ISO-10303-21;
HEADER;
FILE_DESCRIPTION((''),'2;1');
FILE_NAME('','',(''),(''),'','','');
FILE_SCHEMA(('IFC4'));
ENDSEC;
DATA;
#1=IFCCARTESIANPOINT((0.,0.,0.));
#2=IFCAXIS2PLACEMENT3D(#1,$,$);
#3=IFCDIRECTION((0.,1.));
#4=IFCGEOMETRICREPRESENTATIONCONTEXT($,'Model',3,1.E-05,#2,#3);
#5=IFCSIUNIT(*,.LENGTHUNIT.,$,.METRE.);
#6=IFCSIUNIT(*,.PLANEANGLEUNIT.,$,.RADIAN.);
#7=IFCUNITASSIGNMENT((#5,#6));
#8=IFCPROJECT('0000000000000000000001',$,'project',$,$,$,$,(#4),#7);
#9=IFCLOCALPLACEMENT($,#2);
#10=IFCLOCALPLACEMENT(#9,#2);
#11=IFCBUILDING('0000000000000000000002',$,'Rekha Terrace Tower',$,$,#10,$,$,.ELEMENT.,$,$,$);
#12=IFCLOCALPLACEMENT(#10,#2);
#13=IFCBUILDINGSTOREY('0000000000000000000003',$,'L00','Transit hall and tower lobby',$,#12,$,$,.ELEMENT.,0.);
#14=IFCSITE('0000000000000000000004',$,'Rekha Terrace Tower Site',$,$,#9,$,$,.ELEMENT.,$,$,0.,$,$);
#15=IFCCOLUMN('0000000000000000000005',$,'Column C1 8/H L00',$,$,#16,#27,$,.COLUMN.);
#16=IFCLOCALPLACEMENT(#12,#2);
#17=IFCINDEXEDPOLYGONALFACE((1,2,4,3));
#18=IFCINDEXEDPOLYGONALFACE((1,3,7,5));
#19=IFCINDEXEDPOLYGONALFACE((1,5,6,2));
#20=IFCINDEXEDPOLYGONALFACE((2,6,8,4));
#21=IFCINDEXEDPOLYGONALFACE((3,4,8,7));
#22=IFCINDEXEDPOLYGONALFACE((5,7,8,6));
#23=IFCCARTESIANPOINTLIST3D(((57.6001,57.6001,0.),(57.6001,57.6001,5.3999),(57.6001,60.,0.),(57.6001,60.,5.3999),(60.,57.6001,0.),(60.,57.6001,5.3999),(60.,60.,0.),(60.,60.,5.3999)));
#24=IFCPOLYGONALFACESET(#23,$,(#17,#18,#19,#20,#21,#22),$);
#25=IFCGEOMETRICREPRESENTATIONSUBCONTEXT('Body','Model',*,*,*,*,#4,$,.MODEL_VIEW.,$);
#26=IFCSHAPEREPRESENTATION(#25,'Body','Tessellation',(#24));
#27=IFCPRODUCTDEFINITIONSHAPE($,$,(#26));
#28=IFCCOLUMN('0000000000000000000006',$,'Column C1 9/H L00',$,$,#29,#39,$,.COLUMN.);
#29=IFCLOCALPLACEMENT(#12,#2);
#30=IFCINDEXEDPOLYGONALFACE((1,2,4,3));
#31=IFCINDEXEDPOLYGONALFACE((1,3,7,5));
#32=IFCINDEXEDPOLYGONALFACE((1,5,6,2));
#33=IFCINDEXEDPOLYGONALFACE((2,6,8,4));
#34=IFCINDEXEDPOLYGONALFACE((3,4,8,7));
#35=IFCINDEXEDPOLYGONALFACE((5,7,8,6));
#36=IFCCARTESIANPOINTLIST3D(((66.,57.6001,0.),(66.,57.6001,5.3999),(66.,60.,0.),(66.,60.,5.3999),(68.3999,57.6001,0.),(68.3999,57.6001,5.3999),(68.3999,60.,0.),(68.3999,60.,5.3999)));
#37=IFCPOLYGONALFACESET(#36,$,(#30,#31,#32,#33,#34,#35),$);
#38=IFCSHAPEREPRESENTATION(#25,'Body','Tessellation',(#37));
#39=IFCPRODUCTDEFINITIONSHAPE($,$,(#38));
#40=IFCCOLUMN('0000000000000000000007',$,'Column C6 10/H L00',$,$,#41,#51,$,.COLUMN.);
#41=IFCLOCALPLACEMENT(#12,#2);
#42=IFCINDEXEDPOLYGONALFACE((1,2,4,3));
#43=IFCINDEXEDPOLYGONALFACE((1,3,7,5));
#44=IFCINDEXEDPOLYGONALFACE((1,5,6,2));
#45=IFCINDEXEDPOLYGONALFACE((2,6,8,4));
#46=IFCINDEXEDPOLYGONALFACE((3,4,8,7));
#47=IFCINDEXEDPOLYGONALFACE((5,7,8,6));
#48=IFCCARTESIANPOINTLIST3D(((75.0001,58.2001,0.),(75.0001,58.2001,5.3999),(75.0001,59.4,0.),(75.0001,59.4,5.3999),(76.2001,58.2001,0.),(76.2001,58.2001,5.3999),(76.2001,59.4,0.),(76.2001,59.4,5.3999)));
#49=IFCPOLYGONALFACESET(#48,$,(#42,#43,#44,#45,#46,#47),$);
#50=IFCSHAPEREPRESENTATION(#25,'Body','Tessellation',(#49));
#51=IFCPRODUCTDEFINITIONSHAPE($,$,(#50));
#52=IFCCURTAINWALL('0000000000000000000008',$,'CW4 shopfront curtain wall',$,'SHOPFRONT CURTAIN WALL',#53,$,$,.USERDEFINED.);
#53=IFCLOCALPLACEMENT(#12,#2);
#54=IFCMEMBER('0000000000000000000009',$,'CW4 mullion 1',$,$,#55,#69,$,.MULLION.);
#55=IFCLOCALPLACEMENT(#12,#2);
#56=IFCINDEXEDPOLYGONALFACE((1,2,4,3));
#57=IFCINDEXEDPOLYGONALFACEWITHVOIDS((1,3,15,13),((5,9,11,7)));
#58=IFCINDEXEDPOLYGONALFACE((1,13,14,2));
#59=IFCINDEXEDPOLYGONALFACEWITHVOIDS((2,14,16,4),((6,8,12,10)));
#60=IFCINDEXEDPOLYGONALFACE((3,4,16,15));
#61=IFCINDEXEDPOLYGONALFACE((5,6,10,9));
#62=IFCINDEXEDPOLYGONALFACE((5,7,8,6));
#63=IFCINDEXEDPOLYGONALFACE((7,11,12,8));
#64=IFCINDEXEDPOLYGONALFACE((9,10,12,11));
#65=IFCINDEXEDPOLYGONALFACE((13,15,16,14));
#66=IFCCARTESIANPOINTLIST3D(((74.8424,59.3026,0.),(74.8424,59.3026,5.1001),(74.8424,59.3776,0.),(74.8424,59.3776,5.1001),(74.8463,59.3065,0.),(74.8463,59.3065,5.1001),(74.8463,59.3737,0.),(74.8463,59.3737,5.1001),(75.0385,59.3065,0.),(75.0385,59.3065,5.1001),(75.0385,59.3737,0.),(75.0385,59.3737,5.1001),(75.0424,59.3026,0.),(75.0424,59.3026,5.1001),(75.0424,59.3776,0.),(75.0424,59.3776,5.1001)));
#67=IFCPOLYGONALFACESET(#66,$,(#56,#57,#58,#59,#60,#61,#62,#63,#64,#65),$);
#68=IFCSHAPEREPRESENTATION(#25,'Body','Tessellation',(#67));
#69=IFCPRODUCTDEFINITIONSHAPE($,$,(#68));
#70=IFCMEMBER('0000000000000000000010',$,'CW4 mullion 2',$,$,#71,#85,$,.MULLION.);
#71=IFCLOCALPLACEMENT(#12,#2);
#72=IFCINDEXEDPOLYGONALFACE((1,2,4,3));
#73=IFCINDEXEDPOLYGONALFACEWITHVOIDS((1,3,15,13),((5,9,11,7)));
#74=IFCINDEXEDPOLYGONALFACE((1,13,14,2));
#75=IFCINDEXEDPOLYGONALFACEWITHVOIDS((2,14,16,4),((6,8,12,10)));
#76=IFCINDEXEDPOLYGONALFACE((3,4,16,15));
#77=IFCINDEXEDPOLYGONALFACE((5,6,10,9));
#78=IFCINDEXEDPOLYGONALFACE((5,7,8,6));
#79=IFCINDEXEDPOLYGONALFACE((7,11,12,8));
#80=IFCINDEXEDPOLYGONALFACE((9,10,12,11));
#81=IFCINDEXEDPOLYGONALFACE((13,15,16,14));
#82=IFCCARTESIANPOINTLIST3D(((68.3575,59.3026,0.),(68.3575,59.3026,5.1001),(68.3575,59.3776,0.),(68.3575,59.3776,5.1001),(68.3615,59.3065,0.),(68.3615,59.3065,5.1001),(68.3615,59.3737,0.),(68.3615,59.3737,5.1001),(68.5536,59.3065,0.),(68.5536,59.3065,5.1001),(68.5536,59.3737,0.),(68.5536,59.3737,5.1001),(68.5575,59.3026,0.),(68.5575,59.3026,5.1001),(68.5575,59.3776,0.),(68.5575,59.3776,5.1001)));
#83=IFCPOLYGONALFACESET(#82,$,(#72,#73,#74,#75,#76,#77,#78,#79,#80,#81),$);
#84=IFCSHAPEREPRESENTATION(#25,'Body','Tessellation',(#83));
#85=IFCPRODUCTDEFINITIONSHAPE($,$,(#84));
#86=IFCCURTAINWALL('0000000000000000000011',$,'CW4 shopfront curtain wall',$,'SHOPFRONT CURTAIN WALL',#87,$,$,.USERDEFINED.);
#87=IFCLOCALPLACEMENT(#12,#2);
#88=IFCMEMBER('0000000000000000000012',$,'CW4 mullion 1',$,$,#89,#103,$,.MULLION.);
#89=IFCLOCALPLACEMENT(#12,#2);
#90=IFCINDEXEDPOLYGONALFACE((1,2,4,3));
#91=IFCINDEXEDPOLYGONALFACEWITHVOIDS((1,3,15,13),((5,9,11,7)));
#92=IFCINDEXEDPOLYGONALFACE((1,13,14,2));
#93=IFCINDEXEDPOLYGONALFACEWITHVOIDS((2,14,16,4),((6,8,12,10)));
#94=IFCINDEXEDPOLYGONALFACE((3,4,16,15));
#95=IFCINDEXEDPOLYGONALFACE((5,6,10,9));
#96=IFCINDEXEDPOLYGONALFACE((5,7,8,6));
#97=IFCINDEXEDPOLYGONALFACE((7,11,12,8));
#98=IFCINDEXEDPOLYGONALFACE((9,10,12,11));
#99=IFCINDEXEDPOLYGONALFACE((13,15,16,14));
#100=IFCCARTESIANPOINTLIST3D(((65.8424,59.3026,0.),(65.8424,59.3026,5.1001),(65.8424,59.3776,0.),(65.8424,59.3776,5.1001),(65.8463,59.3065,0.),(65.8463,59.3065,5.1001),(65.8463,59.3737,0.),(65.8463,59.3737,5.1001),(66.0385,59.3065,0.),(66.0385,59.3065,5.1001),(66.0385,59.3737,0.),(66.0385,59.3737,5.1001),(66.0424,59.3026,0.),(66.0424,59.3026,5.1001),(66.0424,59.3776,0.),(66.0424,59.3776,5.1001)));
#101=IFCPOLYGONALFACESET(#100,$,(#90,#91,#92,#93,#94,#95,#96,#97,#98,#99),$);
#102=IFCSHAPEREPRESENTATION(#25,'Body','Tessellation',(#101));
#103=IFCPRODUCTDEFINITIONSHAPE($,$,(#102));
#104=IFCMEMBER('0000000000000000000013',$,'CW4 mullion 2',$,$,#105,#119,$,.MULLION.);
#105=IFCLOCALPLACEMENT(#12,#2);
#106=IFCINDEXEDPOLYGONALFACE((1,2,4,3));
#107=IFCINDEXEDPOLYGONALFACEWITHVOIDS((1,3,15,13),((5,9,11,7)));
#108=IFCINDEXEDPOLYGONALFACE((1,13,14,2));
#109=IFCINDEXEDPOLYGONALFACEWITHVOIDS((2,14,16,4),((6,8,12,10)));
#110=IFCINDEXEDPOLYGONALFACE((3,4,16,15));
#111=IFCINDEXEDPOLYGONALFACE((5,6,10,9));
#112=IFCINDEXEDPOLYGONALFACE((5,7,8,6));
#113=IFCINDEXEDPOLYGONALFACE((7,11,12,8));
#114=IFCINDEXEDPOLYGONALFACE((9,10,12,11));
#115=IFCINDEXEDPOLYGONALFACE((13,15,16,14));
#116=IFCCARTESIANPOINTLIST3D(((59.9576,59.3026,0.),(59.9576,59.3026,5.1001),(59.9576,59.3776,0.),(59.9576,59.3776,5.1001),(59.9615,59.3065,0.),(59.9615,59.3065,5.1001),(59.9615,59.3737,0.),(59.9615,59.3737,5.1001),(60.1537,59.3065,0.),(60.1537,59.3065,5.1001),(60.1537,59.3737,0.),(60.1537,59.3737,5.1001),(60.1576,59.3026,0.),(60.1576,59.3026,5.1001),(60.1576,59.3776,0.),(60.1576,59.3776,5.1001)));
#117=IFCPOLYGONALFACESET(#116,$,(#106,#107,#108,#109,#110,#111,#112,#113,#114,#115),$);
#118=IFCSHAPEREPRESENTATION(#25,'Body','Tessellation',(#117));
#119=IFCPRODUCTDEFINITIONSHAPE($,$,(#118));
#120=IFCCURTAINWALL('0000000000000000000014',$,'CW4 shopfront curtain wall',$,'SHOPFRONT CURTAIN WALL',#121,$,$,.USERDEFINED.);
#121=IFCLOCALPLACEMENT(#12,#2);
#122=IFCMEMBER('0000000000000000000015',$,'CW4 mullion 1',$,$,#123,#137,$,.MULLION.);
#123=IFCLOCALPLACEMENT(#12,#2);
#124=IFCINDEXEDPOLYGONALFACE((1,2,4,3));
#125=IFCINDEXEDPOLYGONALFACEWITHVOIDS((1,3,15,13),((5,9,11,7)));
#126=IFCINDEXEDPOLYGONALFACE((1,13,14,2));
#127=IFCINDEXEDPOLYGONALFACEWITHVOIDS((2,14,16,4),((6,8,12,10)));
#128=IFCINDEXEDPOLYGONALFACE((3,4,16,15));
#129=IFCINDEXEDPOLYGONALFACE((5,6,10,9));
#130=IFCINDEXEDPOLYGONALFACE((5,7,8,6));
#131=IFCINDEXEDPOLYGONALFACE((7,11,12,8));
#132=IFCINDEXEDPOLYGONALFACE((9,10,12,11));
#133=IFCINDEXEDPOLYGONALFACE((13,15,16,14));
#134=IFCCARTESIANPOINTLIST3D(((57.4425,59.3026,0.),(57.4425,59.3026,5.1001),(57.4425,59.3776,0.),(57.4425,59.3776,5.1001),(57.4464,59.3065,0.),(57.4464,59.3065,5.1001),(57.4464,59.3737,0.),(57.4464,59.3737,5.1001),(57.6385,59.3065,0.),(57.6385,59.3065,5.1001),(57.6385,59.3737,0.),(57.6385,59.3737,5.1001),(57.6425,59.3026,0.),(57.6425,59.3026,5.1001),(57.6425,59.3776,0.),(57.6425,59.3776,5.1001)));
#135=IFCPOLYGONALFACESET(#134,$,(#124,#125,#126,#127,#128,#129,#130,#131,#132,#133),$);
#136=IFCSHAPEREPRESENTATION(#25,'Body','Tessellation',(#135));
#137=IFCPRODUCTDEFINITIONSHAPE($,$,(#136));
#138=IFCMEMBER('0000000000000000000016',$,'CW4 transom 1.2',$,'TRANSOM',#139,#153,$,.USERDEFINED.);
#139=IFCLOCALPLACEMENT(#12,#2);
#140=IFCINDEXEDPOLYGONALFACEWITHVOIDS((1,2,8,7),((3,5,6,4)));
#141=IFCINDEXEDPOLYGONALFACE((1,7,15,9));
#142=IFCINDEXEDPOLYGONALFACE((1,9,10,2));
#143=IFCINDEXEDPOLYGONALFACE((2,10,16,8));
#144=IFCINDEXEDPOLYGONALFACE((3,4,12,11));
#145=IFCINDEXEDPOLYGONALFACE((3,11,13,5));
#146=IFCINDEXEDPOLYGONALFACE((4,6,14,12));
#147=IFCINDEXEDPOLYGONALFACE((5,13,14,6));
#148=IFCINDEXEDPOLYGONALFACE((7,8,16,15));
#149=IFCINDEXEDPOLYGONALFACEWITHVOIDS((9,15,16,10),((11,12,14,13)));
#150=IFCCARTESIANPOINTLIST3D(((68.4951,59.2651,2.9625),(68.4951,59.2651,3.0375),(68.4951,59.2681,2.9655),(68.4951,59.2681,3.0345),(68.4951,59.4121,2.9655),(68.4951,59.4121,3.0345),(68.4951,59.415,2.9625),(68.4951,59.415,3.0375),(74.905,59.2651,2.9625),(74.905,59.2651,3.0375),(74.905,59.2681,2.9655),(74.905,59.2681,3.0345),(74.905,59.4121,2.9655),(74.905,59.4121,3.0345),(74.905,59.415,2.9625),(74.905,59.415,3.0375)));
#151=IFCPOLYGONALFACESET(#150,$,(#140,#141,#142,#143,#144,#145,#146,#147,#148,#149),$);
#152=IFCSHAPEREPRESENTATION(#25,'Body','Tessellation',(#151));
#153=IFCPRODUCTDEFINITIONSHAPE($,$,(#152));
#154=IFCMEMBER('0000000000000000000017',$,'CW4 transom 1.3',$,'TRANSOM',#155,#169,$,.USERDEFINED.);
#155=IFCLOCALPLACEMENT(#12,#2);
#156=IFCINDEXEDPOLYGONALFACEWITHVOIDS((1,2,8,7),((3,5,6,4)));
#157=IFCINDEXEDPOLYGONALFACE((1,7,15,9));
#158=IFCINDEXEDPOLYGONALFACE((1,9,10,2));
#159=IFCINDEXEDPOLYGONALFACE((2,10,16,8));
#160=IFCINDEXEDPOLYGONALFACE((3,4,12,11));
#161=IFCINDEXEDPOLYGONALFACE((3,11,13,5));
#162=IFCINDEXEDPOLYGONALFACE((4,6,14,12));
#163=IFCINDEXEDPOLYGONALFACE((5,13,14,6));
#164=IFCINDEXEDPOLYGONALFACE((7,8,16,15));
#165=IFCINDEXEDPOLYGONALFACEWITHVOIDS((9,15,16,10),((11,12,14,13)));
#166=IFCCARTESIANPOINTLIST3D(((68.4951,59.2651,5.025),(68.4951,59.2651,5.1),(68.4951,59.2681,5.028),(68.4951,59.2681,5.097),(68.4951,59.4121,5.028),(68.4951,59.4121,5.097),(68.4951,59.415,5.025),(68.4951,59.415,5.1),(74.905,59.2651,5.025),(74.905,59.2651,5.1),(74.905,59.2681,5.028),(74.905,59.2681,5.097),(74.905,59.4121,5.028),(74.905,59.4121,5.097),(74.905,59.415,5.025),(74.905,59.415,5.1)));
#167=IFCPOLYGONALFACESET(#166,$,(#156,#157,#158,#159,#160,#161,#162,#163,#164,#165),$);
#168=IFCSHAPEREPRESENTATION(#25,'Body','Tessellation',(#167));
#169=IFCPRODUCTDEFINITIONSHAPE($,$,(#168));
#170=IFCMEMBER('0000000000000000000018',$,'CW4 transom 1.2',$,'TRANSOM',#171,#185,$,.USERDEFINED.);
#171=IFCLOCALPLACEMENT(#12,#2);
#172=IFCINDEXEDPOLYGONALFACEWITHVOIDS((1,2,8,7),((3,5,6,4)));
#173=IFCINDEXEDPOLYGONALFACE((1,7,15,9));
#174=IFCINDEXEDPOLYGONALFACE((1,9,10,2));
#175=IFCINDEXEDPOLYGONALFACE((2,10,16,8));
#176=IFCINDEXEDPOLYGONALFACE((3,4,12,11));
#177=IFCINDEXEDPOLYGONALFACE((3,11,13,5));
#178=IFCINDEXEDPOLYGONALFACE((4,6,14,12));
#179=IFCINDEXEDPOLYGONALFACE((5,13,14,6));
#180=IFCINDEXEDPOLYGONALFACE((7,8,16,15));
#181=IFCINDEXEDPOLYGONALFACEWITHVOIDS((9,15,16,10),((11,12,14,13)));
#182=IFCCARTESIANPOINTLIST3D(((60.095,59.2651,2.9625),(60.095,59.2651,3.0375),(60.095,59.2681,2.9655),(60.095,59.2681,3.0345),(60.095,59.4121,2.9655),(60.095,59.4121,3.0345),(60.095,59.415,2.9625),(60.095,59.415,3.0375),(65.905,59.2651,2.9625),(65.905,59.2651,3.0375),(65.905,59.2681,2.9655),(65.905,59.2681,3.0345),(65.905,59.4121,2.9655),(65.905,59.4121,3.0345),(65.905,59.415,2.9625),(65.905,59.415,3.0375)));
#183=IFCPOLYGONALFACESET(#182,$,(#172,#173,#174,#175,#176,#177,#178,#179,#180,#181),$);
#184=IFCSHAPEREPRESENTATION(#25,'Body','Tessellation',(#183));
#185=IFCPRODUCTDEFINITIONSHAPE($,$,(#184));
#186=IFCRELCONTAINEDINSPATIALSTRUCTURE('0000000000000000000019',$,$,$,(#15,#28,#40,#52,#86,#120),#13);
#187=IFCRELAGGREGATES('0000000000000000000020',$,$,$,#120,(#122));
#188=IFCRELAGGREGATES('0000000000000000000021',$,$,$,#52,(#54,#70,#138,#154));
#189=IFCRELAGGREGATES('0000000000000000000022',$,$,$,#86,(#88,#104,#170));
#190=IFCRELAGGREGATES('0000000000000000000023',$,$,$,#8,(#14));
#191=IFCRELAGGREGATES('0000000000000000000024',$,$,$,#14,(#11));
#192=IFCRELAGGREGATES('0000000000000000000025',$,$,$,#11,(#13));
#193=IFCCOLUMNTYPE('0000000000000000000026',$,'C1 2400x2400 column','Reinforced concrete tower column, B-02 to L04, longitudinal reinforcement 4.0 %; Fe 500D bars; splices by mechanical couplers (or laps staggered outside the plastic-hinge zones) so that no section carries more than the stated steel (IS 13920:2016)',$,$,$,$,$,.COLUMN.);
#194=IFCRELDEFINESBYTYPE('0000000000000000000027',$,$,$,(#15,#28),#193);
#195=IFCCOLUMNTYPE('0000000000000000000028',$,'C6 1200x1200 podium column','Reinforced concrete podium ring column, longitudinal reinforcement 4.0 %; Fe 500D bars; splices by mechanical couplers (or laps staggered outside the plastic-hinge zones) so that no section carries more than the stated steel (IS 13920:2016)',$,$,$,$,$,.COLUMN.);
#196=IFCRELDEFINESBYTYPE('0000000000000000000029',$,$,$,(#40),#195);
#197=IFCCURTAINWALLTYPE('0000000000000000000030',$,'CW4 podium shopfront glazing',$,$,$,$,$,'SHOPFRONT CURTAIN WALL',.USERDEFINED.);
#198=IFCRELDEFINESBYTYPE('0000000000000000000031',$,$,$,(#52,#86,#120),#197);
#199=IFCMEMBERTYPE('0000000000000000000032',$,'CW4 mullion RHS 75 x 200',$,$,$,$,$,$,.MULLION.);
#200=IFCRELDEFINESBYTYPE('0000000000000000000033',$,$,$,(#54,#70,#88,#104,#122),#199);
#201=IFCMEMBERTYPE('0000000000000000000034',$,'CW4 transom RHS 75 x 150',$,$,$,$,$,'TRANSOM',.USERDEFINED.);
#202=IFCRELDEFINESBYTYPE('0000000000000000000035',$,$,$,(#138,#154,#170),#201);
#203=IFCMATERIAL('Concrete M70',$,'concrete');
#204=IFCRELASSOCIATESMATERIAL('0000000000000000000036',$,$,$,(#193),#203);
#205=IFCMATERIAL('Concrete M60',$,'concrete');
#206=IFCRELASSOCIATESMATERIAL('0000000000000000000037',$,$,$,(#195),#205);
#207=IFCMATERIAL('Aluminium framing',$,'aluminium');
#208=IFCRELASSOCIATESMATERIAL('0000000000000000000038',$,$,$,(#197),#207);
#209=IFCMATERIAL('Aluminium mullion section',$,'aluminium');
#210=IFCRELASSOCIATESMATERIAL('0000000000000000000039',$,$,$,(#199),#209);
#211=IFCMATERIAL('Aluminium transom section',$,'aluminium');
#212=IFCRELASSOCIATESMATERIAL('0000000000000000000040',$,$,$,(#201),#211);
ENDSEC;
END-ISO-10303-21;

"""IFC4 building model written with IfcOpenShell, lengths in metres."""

from ifc_helpers import new_model, si_unit, direction, frame, origin, origin_2d, place, context, subcontext, project, spatial, rectangle, hollow_rectangle, extrude, material, material_profile, profile_set, type_object, element, aggregate, save


model = new_model("IFC4")

# Units and contexts
model_context = context("Model", 3, precision=1e-05, world=origin(), true_north=direction((0.0, 1.0)))
body_context = subcontext(model_context, "Body", "Model", "MODEL_VIEW")
ifc_project = project(units=[si_unit("LENGTHUNIT", "METRE"), si_unit("PLANEANGLEUNIT", "RADIAN")], contexts=[model_context])

# Site, building, storey
site_placement = place(None, origin())
site = spatial("IfcSite", under=ifc_project, at=site_placement, Name="Rekha Terrace Tower Site", CompositionType="ELEMENT", RefElevation=0.0)
building_placement = place(site_placement, origin())
building = spatial("IfcBuilding", under=site, at=building_placement, Name="Rekha Terrace Tower", CompositionType="ELEMENT")
storey_placement = place(building_placement, origin())
storey = spatial("IfcBuildingStorey", under=building, at=storey_placement, Name="L00", Description="Transit hall and tower lobby", CompositionType="ELEMENT", Elevation=0.0)

# Columns
ifc_material_1 = material(Name="Concrete M70", Category="concrete")
ifc_material_profile_1 = material_profile(ifc_material_1, rectangle(XDim=2.3999, YDim=2.3999, at=origin_2d()), Name="RC 2400x2400")
ifc_profile_set_1 = profile_set([ifc_material_profile_1], Name="Concrete M70")
column_type_1 = type_object("IfcColumnType", Name="C1 2400x2400 column", Description="Reinforced concrete tower column, B-02 to L04, longitudinal reinforcement 4.0 %; Fe 500D bars; splices by mechanical couplers (or laps staggered outside the plastic-hinge zones) so that no section carries more than the stated steel (IS 13920:2016)", PredefinedType="COLUMN", material=ifc_profile_set_1)
for number, where, z_axis, x_axis, name in (
    (1, (58.8, 58.8, 0.0), (0.0, 0.0, 1.0), (1.0, 0.0, 0.0), "Column C1 8/H L00"),
    (2, (67.2, 58.8, 0.0), (0.0, 0.0, 1.0), (1.0, 0.0, 0.0), "Column C1 9/H L00"),
):
    element("IfcColumn", number, at=place(storey_placement, frame(where, z_axis=z_axis, x_axis=x_axis)), inside=storey, type_object=column_type_1, Name=name, PredefinedType="COLUMN", context=body_context, shape_type="SweptSolid", body=[
        extrude(rectangle(XDim=2.3999, YDim=2.3999, at=origin_2d()), origin(), (0.0, 0.0, 1.0), 5.3999),
    ])
ifc_material_2 = material(Name="Concrete M60", Category="concrete")
ifc_material_profile_2 = material_profile(ifc_material_2, rectangle(XDim=1.2, YDim=1.2, at=origin_2d()), Name="RC 1200x1200")
ifc_profile_set_2 = profile_set([ifc_material_profile_2], Name="Concrete M60")
column_type_2 = type_object("IfcColumnType", Name="C6 1200x1200 podium column", Description="Reinforced concrete podium ring column, longitudinal reinforcement 4.0 %; Fe 500D bars; splices by mechanical couplers (or laps staggered outside the plastic-hinge zones) so that no section carries more than the stated steel (IS 13920:2016)", PredefinedType="COLUMN", material=ifc_profile_set_2)
column_placement = place(storey_placement, frame((75.6001, 58.8, 0.0), z_axis=(0.0, 0.0, 1.0), x_axis=(1.0, 0.0, 0.0)))
element("IfcColumn", 3, at=column_placement, inside=storey, type_object=column_type_2, Name="Column C6 10/H L00", PredefinedType="COLUMN", context=body_context, shape_type="SweptSolid", body=[
    extrude(rectangle(XDim=1.2, YDim=1.2, at=origin_2d()), origin(), (0.0, 0.0, 1.0), 5.3999),
])

# Curtain walls, members
ifc_material_3 = material(Name="Aluminium framing", Category="aluminium")
curtain_wall_type = type_object("IfcCurtainWallType", Name="CW4 podium shopfront glazing", ElementType="SHOPFRONT CURTAIN WALL", PredefinedType="USERDEFINED", material=ifc_material_3)
curtain_wall_1_placement = place(storey_placement, origin())
curtain_wall_1 = element("IfcCurtainWall", 4, at=curtain_wall_1_placement, inside=storey, type_object=curtain_wall_type, Name="CW4 shopfront curtain wall", ObjectType="SHOPFRONT CURTAIN WALL", PredefinedType="USERDEFINED")
ifc_material_4 = material(Name="Aluminium mullion section", Category="aluminium")
ifc_material_profile_3 = material_profile(ifc_material_4, hollow_rectangle(XDim=0.075, YDim=0.2, WallThickness=0.0039, at=origin_2d()), Name="AL RHS 75x200")
ifc_profile_set_3 = profile_set([ifc_material_profile_3], Name="Aluminium mullion section")
member_type_1 = type_object("IfcMemberType", Name="CW4 mullion RHS 75 x 200", PredefinedType="MULLION", material=ifc_profile_set_3)
member_1_placement = place(storey_placement, frame((74.9424, 59.3401, 0.0), z_axis=(0.0, 0.0, 1.0), x_axis=(0.0, -1.0, 0.0)))
member_1 = element("IfcMember", 5, at=member_1_placement, type_object=member_type_1, Name="CW4 mullion 1", PredefinedType="MULLION", context=body_context, shape_type="SweptSolid", body=[
    extrude(hollow_rectangle(XDim=0.075, YDim=0.2, WallThickness=0.0039, at=origin_2d()), origin(), (0.0, 0.0, 1.0), 5.1001),
])
member_2_placement = place(storey_placement, frame((68.4575, 59.3401, 0.0), z_axis=(0.0, 0.0, 1.0), x_axis=(0.0, -1.0, 0.0)))
member_2 = element("IfcMember", 6, at=member_2_placement, type_object=member_type_1, Name="CW4 mullion 2", PredefinedType="MULLION", context=body_context, shape_type="SweptSolid", body=[
    extrude(hollow_rectangle(XDim=0.075, YDim=0.2, WallThickness=0.0039, at=origin_2d()), origin(), (0.0, 0.0, 1.0), 5.1001),
])
curtain_wall_2_placement = place(storey_placement, origin())
curtain_wall_2 = element("IfcCurtainWall", 7, at=curtain_wall_2_placement, inside=storey, type_object=curtain_wall_type, Name="CW4 shopfront curtain wall", ObjectType="SHOPFRONT CURTAIN WALL", PredefinedType="USERDEFINED")
member_3_placement = place(storey_placement, frame((65.9424, 59.3401, 0.0), z_axis=(0.0, 0.0, 1.0), x_axis=(0.0, -1.0, 0.0)))
member_3 = element("IfcMember", 8, at=member_3_placement, type_object=member_type_1, Name="CW4 mullion 1", PredefinedType="MULLION", context=body_context, shape_type="SweptSolid", body=[
    extrude(hollow_rectangle(XDim=0.075, YDim=0.2, WallThickness=0.0039, at=origin_2d()), origin(), (0.0, 0.0, 1.0), 5.1001),
])
member_4_placement = place(storey_placement, frame((60.0576, 59.3401, 0.0), z_axis=(0.0, 0.0, 1.0), x_axis=(0.0, -1.0, 0.0)))
member_4 = element("IfcMember", 9, at=member_4_placement, type_object=member_type_1, Name="CW4 mullion 2", PredefinedType="MULLION", context=body_context, shape_type="SweptSolid", body=[
    extrude(hollow_rectangle(XDim=0.075, YDim=0.2, WallThickness=0.0039, at=origin_2d()), origin(), (0.0, 0.0, 1.0), 5.1001),
])

# Curtain wall, member
curtain_wall_3_placement = place(storey_placement, origin())
curtain_wall_3 = element("IfcCurtainWall", 10, at=curtain_wall_3_placement, inside=storey, type_object=curtain_wall_type, Name="CW4 shopfront curtain wall", ObjectType="SHOPFRONT CURTAIN WALL", PredefinedType="USERDEFINED")
member_5_placement = place(storey_placement, frame((57.5425, 59.3401, 0.0), z_axis=(0.0, 0.0, 1.0), x_axis=(0.0, -1.0, 0.0)))
member_5 = element("IfcMember", 11, at=member_5_placement, type_object=member_type_1, Name="CW4 mullion 1", PredefinedType="MULLION", context=body_context, shape_type="SweptSolid", body=[
    extrude(hollow_rectangle(XDim=0.075, YDim=0.2, WallThickness=0.0039, at=origin_2d()), origin(), (0.0, 0.0, 1.0), 5.1001),
])

# Members
ifc_material_5 = material(Name="Aluminium transom section", Category="aluminium")
ifc_material_profile_4 = material_profile(ifc_material_5, hollow_rectangle(XDim=0.1499, YDim=0.075, WallThickness=0.0029, at=origin_2d()), Name="AL RHS 150x75")
ifc_profile_set_4 = profile_set([ifc_material_profile_4], Name="Aluminium transom section")
member_type_2 = type_object("IfcMemberType", Name="CW4 transom RHS 75 x 150", ElementType="TRANSOM", PredefinedType="USERDEFINED", material=ifc_profile_set_4)
member_6_placement = place(storey_placement, frame((74.905, 59.3401, 3.0), z_axis=(-1.0, 0.0, 0.0), x_axis=(0.0, -1.0, 0.0)))
member_6 = element("IfcMember", 12, at=member_6_placement, type_object=member_type_2, Name="CW4 transom 1.2", ObjectType="TRANSOM", PredefinedType="USERDEFINED", context=body_context, shape_type="SweptSolid", body=[
    extrude(hollow_rectangle(XDim=0.1499, YDim=0.075, WallThickness=0.0029, at=origin_2d()), origin(), (0.0, 0.0, 1.0), 6.4099),
])
member_7_placement = place(storey_placement, frame((74.905, 59.3401, 5.0625), z_axis=(-1.0, 0.0, 0.0), x_axis=(0.0, -1.0, 0.0)))
member_7 = element("IfcMember", 13, at=member_7_placement, type_object=member_type_2, Name="CW4 transom 1.3", ObjectType="TRANSOM", PredefinedType="USERDEFINED", context=body_context, shape_type="SweptSolid", body=[
    extrude(hollow_rectangle(XDim=0.1499, YDim=0.075, WallThickness=0.0029, at=origin_2d()), origin(), (0.0, 0.0, 1.0), 6.4099),
])
member_8_placement = place(storey_placement, frame((65.905, 59.3401, 3.0), z_axis=(-1.0, 0.0, 0.0), x_axis=(0.0, -1.0, 0.0)))
member_8 = element("IfcMember", 14, at=member_8_placement, type_object=member_type_2, Name="CW4 transom 1.2", ObjectType="TRANSOM", PredefinedType="USERDEFINED", context=body_context, shape_type="SweptSolid", body=[
    extrude(hollow_rectangle(XDim=0.1499, YDim=0.075, WallThickness=0.0029, at=origin_2d()), origin(), (0.0, 0.0, 1.0), 5.8101),
])
aggregate(curtain_wall_3, [member_5])

aggregate(curtain_wall_1, [member_1, member_2, member_6, member_7])
aggregate(curtain_wall_2, [member_3, member_4, member_8])

save(model, "model.ifc")
